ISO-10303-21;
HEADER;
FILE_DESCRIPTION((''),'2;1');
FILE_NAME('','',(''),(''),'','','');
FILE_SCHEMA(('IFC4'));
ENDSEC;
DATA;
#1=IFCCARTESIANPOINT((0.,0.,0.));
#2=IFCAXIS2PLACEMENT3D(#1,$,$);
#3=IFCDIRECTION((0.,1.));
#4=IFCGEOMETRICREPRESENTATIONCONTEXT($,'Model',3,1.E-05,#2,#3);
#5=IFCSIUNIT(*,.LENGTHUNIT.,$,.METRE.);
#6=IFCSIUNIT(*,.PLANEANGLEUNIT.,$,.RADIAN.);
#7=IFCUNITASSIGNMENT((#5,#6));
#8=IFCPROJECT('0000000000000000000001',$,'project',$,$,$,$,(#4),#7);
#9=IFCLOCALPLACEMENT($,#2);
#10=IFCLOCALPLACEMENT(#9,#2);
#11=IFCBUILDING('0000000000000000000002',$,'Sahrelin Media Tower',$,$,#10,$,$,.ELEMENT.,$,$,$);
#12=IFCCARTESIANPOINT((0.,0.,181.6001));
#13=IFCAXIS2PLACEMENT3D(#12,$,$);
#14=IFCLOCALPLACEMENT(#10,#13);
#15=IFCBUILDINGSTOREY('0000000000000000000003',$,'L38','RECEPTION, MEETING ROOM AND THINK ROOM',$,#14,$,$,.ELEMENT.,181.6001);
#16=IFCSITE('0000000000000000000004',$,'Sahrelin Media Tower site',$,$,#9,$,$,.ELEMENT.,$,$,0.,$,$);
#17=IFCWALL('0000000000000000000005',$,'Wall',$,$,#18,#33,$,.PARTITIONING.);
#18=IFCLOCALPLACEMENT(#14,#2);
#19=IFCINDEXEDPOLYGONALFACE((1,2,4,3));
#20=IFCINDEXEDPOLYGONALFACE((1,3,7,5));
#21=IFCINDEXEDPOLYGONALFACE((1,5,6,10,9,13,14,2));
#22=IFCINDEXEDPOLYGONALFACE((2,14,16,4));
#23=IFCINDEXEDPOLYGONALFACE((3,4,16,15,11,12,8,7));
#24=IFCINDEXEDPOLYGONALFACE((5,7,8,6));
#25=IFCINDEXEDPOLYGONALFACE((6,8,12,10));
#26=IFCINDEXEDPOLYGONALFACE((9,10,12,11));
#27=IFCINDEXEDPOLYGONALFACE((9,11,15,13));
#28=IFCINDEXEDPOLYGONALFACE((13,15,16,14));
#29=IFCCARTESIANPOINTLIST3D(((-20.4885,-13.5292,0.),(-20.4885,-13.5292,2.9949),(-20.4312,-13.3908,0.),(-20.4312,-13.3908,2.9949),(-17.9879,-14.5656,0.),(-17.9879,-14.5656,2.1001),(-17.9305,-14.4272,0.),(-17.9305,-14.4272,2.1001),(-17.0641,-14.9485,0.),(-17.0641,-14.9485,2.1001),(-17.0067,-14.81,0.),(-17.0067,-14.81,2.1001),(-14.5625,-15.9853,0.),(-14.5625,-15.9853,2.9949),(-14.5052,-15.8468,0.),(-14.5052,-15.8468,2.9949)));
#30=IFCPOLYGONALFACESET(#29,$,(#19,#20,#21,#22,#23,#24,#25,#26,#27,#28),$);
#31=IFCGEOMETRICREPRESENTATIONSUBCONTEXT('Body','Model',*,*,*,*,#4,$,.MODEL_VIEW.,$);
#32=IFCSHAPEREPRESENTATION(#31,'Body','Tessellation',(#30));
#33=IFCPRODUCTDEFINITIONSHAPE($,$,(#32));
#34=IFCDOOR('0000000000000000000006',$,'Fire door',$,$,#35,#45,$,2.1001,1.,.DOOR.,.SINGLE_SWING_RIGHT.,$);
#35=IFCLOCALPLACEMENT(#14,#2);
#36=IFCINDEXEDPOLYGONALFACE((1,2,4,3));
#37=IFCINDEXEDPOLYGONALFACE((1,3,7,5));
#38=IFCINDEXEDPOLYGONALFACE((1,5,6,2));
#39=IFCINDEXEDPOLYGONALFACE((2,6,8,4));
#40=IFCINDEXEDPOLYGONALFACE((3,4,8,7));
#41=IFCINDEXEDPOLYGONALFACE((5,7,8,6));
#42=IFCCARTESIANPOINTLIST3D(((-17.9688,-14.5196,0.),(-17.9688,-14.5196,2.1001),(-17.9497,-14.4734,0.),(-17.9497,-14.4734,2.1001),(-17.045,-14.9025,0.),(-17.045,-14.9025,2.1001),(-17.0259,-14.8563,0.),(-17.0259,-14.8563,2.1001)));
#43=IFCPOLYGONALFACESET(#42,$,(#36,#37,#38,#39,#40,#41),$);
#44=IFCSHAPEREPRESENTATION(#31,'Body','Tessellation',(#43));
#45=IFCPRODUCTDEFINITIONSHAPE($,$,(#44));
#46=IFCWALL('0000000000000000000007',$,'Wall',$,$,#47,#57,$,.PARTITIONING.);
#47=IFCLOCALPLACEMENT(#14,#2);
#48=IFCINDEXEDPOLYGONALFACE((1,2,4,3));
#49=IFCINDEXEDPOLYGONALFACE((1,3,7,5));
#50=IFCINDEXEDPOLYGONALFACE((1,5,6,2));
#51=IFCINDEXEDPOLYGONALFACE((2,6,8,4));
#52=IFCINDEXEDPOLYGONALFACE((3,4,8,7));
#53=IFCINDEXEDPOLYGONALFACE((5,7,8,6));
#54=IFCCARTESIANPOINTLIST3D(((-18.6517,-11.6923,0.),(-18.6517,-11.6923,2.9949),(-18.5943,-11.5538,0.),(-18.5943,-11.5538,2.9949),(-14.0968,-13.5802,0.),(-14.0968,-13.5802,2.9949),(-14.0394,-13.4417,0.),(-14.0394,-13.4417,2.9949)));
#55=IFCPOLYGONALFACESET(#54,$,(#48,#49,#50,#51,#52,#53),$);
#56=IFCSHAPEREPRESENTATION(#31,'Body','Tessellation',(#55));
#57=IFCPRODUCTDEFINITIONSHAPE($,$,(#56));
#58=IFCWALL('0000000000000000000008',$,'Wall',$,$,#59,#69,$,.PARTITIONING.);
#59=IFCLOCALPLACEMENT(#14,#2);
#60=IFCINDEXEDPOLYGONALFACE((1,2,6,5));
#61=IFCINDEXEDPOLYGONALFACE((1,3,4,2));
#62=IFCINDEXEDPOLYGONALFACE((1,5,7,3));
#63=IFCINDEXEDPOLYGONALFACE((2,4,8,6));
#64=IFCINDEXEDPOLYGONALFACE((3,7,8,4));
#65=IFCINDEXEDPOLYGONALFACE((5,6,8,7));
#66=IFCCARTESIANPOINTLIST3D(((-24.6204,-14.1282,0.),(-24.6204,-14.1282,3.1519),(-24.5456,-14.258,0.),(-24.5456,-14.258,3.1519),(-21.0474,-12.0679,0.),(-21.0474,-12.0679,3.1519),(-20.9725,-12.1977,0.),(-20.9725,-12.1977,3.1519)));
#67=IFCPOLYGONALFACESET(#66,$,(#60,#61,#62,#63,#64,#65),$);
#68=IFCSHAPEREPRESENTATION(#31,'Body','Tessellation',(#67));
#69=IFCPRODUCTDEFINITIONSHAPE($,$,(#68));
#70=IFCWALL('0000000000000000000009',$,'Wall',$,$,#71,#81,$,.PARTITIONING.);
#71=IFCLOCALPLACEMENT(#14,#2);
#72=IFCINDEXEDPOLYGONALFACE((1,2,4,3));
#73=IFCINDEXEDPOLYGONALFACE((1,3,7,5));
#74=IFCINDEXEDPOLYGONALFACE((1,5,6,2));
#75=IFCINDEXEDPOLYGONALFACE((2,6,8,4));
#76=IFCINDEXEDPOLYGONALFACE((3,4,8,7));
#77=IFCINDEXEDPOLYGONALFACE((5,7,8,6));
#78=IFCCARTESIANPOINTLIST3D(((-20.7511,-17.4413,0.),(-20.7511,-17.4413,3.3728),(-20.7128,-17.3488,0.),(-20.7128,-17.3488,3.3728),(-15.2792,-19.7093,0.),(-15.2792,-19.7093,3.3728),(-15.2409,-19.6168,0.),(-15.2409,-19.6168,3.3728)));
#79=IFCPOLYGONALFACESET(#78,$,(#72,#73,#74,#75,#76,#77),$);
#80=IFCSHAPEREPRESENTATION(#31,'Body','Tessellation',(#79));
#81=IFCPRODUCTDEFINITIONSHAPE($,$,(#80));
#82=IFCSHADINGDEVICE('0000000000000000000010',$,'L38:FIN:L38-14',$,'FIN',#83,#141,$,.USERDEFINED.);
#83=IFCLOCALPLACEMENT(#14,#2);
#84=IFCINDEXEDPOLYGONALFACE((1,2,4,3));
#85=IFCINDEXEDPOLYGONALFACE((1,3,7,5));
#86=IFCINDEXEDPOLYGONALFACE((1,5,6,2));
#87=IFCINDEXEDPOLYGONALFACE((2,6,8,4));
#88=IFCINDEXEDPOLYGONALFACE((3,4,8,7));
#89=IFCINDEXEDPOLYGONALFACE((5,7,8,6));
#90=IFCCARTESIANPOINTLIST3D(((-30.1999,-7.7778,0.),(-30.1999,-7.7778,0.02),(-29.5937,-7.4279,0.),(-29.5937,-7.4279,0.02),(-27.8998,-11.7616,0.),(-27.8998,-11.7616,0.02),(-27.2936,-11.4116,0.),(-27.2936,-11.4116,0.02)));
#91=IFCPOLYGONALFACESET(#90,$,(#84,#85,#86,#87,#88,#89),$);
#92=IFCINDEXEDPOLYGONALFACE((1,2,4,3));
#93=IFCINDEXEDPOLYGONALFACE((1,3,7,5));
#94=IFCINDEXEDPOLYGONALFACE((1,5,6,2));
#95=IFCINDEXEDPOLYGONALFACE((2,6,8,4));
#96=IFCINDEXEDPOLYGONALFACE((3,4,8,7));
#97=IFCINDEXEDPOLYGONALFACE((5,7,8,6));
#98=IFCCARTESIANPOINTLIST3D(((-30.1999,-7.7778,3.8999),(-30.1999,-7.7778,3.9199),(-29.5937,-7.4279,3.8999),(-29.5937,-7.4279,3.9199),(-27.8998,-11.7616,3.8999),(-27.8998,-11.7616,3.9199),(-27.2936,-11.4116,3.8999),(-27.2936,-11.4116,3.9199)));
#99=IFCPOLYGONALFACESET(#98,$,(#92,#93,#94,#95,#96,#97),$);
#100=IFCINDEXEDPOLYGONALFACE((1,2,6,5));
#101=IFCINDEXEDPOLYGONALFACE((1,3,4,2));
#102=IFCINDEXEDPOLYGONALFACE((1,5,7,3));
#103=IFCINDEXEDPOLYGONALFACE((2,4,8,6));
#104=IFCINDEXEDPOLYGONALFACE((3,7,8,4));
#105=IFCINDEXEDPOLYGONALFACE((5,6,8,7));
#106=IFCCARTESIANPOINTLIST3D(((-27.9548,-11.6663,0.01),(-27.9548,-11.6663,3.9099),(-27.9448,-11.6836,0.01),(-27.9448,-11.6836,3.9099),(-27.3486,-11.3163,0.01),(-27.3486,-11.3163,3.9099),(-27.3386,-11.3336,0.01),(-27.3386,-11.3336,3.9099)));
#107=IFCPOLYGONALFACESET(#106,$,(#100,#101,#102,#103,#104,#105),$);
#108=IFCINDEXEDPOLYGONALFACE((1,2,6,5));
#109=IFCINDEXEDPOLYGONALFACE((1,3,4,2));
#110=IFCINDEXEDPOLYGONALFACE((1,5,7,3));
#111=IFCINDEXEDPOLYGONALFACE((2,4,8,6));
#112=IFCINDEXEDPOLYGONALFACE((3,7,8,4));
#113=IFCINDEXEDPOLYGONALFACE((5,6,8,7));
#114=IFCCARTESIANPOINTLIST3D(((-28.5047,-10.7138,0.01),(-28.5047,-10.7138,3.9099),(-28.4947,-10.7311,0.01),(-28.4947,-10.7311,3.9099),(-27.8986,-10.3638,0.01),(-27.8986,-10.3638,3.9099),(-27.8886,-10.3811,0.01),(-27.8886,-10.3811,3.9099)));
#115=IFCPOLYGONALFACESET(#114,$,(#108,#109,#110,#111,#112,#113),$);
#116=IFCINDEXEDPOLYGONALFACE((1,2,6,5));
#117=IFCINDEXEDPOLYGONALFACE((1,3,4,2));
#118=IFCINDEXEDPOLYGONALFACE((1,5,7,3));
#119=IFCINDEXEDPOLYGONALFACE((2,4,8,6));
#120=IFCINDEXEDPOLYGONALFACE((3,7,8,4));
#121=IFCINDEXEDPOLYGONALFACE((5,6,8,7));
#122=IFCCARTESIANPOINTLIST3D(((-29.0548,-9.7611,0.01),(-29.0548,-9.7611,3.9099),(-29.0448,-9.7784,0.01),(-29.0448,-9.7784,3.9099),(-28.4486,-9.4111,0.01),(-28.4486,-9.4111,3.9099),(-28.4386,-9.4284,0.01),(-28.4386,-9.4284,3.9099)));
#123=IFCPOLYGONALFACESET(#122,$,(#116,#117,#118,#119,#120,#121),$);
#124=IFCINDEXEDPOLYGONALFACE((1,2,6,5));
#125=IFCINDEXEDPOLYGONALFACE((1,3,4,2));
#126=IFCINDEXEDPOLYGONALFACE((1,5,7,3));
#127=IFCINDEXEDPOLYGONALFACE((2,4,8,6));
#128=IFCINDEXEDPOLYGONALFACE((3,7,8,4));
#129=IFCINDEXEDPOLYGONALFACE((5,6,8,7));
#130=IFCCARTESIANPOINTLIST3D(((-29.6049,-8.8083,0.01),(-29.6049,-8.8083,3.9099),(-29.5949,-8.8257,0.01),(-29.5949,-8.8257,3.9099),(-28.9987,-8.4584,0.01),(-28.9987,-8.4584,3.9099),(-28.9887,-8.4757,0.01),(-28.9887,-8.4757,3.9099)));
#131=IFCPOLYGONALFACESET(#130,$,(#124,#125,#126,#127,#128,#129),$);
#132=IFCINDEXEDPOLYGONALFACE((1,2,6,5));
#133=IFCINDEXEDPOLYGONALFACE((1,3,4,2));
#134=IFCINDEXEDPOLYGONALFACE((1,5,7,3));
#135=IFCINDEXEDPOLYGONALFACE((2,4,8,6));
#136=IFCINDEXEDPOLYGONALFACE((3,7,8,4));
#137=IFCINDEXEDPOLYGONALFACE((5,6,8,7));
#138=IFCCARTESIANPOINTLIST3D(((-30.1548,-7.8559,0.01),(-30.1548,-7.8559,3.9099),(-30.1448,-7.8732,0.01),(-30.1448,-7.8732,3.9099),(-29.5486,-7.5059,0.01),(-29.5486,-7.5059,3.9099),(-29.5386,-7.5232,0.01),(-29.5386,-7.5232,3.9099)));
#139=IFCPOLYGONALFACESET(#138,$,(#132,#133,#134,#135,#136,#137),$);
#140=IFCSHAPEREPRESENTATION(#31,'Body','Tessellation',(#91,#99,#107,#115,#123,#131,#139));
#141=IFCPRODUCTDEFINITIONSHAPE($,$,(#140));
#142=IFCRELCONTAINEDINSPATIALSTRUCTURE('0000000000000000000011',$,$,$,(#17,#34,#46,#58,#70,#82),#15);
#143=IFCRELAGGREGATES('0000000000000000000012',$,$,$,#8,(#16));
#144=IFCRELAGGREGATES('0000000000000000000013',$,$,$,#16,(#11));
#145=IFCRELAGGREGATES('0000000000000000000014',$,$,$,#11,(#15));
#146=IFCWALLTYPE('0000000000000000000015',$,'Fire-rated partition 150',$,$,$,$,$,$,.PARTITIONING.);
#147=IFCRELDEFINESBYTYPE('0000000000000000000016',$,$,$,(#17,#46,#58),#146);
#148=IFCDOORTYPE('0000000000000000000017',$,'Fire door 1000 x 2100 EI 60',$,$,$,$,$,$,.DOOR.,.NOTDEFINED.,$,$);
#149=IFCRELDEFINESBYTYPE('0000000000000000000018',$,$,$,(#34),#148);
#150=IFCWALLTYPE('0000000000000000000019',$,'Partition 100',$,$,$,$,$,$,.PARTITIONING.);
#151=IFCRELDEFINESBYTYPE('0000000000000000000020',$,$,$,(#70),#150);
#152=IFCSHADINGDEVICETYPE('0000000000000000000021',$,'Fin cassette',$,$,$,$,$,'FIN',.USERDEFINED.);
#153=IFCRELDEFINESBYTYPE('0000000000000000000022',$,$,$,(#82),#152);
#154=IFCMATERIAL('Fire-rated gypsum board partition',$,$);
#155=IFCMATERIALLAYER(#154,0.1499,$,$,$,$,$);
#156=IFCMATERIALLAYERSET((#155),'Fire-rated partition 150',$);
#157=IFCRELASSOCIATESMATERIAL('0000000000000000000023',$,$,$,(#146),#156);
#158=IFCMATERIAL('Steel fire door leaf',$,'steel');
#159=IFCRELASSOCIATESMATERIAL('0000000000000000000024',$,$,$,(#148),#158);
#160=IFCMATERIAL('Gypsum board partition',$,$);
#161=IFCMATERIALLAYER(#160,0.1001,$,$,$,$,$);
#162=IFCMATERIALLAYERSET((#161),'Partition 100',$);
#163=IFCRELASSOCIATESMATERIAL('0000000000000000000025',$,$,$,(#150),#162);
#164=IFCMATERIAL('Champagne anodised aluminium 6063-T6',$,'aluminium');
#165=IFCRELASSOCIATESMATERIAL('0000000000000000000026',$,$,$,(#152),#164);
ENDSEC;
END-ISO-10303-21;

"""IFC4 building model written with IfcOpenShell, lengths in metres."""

from ifc_helpers import new_model, si_unit, direction, frame, frame_2d, origin, origin_2d, place, context, subcontext, project, spatial, rectangle, extrude, material, layer, layer_set, type_object, element, fill, save


model = new_model("IFC4")

# Units and contexts
model_context = context("Model", 3, precision=1e-05, world=origin(), true_north=direction((0.0, 1.0)))
body_context = subcontext(model_context, "Body", "Model", "MODEL_VIEW")
ifc_project = project(units=[si_unit("LENGTHUNIT", "METRE"), si_unit("PLANEANGLEUNIT", "RADIAN")], contexts=[model_context])

# Site, building, storey
site_placement = place(None, origin())
site = spatial("IfcSite", under=ifc_project, at=site_placement, Name="Sahrelin Media Tower site", CompositionType="ELEMENT", RefElevation=0.0)
building_placement = place(site_placement, origin())
building = spatial("IfcBuilding", under=site, at=building_placement, Name="Sahrelin Media Tower", CompositionType="ELEMENT")
storey_placement = place(building_placement, frame((0.0, 0.0, 181.6001)))
storey = spatial("IfcBuildingStorey", under=building, at=storey_placement, Name="L38", Description="RECEPTION, MEETING ROOM AND THINK ROOM", CompositionType="ELEMENT", Elevation=181.6001)

# Shared definitions
ifc_material_1 = material(Name="Champagne anodised aluminium 6063-T6", Category="aluminium")

# Wall, opening, door
ifc_material_2 = material(Name="Fire-rated gypsum board partition")
ifc_layer_1 = layer(ifc_material_2, 0.1499)
ifc_layer_set_1 = layer_set([ifc_layer_1], Name="Fire-rated partition 150")
wall_type_1 = type_object("IfcWallType", Name="Fire-rated partition 150", PredefinedType="PARTITIONING", material=ifc_layer_set_1)
wall_1_placement = place(storey_placement, frame((-20.46, -13.46, 0.0), z_axis=(0.0, 0.0, 1.0), x_axis=(0.923802, -0.382872, 0.0)))
wall_1 = element("IfcWall", 1, at=wall_1_placement, inside=storey, type_object=wall_type_1, Name="Wall", PredefinedType="PARTITIONING", context=body_context, shape_type="SweptSolid", body=[
    extrude(rectangle(XDim=6.4148, YDim=0.1499, at=frame_2d((3.2075, 0.0))), origin(), (0.0, 0.0, 1.0), 2.9949),
])
opening_placement = place(wall_1_placement, frame((2.707, 0.0, 0.0)))
opening = element("IfcOpeningElement", 2, at=opening_placement, cuts=wall_1, PredefinedType="OPENING", context=body_context, shape_type="SweptSolid", body=[
    extrude(rectangle(XDim=1.0, YDim=2.1001, at=frame_2d((0.5, 1.05))), frame((0.0, 0.075, 0.0), z_axis=(0.0, -1.0, 0.0), x_axis=(1.0, 0.0, 0.0)), (0.0, 0.0, 1.0), 0.1499),
])
ifc_material_3 = material(Name="Steel fire door leaf", Category="steel")
door_type = type_object("IfcDoorType", Name="Fire door 1000 x 2100 EI 60", OperationType="NOTDEFINED", PredefinedType="DOOR", material=ifc_material_3)
door_placement = place(opening_placement, origin())
door = element("IfcDoor", 3, at=door_placement, inside=storey, type_object=door_type, Name="Fire door", OperationType="SINGLE_SWING_RIGHT", OverallHeight=2.1001, OverallWidth=1.0, PredefinedType="DOOR", context=body_context, shape_type="SweptSolid", body=[
    extrude(rectangle(XDim=1.0, YDim=2.1001, at=frame_2d((0.5, 1.05))), frame((0.0, 0.0249, 0.0), z_axis=(0.0, -1.0, 0.0), x_axis=(1.0, 0.0, 0.0)), (0.0, 0.0, 1.0), 0.05),
])
fill(opening, door)

# Walls
wall_2_placement = place(storey_placement, frame((-18.623, -11.623, 0.0), z_axis=(0.0, 0.0, 1.0), x_axis=(0.923792, -0.382895, 0.0)))
element("IfcWall", 4, at=wall_2_placement, inside=storey, type_object=wall_type_1, Name="Wall", PredefinedType="PARTITIONING", context=body_context, shape_type="SweptSolid", body=[
    extrude(rectangle(XDim=4.9307, YDim=0.1499, at=frame_2d((2.4653, 0.0))), origin(), (0.0, 0.0, 1.0), 2.9949),
])
wall_3_placement = place(storey_placement, frame((-24.583, -14.1931, 0.0), z_axis=(0.0, 0.0, 1.0), x_axis=(0.866295, 0.499533, 0.0)))
element("IfcWall", 5, at=wall_3_placement, inside=storey, type_object=wall_type_1, Name="Wall", PredefinedType="PARTITIONING", context=body_context, shape_type="SweptSolid", body=[
    extrude(rectangle(XDim=4.1245, YDim=0.1499, at=frame_2d((2.0623, 0.0))), origin(), (0.0, 0.0, 1.0), 3.1519),
])
ifc_material_4 = material(Name="Gypsum board partition")
ifc_layer_2 = layer(ifc_material_4, 0.1001)
ifc_layer_set_2 = layer_set([ifc_layer_2], Name="Partition 100")
wall_type_2 = type_object("IfcWallType", Name="Partition 100", PredefinedType="PARTITIONING", material=ifc_layer_set_2)
wall_4_placement = place(storey_placement, frame((-20.7319, -17.395, 0.0), z_axis=(0.0, 0.0, 1.0), x_axis=(0.923789, -0.382903, 0.0)))
element("IfcWall", 6, at=wall_4_placement, inside=storey, type_object=wall_type_2, Name="Wall", PredefinedType="PARTITIONING", context=body_context, shape_type="SweptSolid", body=[
    extrude(rectangle(XDim=5.9233, YDim=0.1001, at=frame_2d((2.9617, 0.0))), origin(), (0.0, 0.0, 1.0), 3.3728),
])

# Shading device
shading_device_type_1 = type_object("IfcShadingDeviceType", Name="Fin cassette", ElementType="FIN", PredefinedType="USERDEFINED", material=ifc_material_1)
placement_1 = place(storey_placement, frame((-28.3831, -9.3848, 0.0), z_axis=(0.0, 0.0, 1.0), x_axis=(-0.500011, 0.866019, 0.0)))
element("IfcShadingDevice", 7, at=placement_1, inside=storey, type_object=shading_device_type_1, Name="L38:FIN:L38-14", ObjectType="FIN", PredefinedType="USERDEFINED", context=body_context, shape_type="SweptSolid", body=[
    extrude(rectangle(XDim=4.6001, YDim=0.7, at=origin_2d()), frame((0.0, 0.4199, 0.0)), (0.0, 0.0, 1.0), 0.02),
    extrude(rectangle(XDim=4.6001, YDim=0.7, at=origin_2d()), frame((0.0, 0.4199, 3.8999)), (0.0, 0.0, 1.0), 0.02),
    extrude(rectangle(XDim=0.02, YDim=0.7, at=origin_2d()), frame((-2.2, 0.4199, 0.01), z_axis=(0.0, 0.0, 1.0), x_axis=(1.0, 0.0, 0.0)), (0.0, 0.0, 1.0), 3.8999),
    extrude(rectangle(XDim=0.02, YDim=0.7, at=origin_2d()), frame((-1.1001, 0.4199, 0.01), z_axis=(0.0, 0.0, 1.0), x_axis=(1.0, 0.0, 0.0)), (0.0, 0.0, 1.0), 3.8999),
    extrude(rectangle(XDim=0.02, YDim=0.7, at=origin_2d()), frame((0.0, 0.4199, 0.01), z_axis=(0.0, 0.0, 1.0), x_axis=(1.0, 0.0, 0.0)), (0.0, 0.0, 1.0), 3.8999),
    extrude(rectangle(XDim=0.02, YDim=0.7, at=origin_2d()), frame((1.1001, 0.4199, 0.01), z_axis=(0.0, 0.0, 1.0), x_axis=(1.0, 0.0, 0.0)), (0.0, 0.0, 1.0), 3.8999),
    extrude(rectangle(XDim=0.02, YDim=0.7, at=origin_2d()), frame((2.2, 0.4199, 0.01), z_axis=(0.0, 0.0, 1.0), x_axis=(1.0, 0.0, 0.0)), (0.0, 0.0, 1.0), 3.8999),
])

save(model, "model.ifc")
